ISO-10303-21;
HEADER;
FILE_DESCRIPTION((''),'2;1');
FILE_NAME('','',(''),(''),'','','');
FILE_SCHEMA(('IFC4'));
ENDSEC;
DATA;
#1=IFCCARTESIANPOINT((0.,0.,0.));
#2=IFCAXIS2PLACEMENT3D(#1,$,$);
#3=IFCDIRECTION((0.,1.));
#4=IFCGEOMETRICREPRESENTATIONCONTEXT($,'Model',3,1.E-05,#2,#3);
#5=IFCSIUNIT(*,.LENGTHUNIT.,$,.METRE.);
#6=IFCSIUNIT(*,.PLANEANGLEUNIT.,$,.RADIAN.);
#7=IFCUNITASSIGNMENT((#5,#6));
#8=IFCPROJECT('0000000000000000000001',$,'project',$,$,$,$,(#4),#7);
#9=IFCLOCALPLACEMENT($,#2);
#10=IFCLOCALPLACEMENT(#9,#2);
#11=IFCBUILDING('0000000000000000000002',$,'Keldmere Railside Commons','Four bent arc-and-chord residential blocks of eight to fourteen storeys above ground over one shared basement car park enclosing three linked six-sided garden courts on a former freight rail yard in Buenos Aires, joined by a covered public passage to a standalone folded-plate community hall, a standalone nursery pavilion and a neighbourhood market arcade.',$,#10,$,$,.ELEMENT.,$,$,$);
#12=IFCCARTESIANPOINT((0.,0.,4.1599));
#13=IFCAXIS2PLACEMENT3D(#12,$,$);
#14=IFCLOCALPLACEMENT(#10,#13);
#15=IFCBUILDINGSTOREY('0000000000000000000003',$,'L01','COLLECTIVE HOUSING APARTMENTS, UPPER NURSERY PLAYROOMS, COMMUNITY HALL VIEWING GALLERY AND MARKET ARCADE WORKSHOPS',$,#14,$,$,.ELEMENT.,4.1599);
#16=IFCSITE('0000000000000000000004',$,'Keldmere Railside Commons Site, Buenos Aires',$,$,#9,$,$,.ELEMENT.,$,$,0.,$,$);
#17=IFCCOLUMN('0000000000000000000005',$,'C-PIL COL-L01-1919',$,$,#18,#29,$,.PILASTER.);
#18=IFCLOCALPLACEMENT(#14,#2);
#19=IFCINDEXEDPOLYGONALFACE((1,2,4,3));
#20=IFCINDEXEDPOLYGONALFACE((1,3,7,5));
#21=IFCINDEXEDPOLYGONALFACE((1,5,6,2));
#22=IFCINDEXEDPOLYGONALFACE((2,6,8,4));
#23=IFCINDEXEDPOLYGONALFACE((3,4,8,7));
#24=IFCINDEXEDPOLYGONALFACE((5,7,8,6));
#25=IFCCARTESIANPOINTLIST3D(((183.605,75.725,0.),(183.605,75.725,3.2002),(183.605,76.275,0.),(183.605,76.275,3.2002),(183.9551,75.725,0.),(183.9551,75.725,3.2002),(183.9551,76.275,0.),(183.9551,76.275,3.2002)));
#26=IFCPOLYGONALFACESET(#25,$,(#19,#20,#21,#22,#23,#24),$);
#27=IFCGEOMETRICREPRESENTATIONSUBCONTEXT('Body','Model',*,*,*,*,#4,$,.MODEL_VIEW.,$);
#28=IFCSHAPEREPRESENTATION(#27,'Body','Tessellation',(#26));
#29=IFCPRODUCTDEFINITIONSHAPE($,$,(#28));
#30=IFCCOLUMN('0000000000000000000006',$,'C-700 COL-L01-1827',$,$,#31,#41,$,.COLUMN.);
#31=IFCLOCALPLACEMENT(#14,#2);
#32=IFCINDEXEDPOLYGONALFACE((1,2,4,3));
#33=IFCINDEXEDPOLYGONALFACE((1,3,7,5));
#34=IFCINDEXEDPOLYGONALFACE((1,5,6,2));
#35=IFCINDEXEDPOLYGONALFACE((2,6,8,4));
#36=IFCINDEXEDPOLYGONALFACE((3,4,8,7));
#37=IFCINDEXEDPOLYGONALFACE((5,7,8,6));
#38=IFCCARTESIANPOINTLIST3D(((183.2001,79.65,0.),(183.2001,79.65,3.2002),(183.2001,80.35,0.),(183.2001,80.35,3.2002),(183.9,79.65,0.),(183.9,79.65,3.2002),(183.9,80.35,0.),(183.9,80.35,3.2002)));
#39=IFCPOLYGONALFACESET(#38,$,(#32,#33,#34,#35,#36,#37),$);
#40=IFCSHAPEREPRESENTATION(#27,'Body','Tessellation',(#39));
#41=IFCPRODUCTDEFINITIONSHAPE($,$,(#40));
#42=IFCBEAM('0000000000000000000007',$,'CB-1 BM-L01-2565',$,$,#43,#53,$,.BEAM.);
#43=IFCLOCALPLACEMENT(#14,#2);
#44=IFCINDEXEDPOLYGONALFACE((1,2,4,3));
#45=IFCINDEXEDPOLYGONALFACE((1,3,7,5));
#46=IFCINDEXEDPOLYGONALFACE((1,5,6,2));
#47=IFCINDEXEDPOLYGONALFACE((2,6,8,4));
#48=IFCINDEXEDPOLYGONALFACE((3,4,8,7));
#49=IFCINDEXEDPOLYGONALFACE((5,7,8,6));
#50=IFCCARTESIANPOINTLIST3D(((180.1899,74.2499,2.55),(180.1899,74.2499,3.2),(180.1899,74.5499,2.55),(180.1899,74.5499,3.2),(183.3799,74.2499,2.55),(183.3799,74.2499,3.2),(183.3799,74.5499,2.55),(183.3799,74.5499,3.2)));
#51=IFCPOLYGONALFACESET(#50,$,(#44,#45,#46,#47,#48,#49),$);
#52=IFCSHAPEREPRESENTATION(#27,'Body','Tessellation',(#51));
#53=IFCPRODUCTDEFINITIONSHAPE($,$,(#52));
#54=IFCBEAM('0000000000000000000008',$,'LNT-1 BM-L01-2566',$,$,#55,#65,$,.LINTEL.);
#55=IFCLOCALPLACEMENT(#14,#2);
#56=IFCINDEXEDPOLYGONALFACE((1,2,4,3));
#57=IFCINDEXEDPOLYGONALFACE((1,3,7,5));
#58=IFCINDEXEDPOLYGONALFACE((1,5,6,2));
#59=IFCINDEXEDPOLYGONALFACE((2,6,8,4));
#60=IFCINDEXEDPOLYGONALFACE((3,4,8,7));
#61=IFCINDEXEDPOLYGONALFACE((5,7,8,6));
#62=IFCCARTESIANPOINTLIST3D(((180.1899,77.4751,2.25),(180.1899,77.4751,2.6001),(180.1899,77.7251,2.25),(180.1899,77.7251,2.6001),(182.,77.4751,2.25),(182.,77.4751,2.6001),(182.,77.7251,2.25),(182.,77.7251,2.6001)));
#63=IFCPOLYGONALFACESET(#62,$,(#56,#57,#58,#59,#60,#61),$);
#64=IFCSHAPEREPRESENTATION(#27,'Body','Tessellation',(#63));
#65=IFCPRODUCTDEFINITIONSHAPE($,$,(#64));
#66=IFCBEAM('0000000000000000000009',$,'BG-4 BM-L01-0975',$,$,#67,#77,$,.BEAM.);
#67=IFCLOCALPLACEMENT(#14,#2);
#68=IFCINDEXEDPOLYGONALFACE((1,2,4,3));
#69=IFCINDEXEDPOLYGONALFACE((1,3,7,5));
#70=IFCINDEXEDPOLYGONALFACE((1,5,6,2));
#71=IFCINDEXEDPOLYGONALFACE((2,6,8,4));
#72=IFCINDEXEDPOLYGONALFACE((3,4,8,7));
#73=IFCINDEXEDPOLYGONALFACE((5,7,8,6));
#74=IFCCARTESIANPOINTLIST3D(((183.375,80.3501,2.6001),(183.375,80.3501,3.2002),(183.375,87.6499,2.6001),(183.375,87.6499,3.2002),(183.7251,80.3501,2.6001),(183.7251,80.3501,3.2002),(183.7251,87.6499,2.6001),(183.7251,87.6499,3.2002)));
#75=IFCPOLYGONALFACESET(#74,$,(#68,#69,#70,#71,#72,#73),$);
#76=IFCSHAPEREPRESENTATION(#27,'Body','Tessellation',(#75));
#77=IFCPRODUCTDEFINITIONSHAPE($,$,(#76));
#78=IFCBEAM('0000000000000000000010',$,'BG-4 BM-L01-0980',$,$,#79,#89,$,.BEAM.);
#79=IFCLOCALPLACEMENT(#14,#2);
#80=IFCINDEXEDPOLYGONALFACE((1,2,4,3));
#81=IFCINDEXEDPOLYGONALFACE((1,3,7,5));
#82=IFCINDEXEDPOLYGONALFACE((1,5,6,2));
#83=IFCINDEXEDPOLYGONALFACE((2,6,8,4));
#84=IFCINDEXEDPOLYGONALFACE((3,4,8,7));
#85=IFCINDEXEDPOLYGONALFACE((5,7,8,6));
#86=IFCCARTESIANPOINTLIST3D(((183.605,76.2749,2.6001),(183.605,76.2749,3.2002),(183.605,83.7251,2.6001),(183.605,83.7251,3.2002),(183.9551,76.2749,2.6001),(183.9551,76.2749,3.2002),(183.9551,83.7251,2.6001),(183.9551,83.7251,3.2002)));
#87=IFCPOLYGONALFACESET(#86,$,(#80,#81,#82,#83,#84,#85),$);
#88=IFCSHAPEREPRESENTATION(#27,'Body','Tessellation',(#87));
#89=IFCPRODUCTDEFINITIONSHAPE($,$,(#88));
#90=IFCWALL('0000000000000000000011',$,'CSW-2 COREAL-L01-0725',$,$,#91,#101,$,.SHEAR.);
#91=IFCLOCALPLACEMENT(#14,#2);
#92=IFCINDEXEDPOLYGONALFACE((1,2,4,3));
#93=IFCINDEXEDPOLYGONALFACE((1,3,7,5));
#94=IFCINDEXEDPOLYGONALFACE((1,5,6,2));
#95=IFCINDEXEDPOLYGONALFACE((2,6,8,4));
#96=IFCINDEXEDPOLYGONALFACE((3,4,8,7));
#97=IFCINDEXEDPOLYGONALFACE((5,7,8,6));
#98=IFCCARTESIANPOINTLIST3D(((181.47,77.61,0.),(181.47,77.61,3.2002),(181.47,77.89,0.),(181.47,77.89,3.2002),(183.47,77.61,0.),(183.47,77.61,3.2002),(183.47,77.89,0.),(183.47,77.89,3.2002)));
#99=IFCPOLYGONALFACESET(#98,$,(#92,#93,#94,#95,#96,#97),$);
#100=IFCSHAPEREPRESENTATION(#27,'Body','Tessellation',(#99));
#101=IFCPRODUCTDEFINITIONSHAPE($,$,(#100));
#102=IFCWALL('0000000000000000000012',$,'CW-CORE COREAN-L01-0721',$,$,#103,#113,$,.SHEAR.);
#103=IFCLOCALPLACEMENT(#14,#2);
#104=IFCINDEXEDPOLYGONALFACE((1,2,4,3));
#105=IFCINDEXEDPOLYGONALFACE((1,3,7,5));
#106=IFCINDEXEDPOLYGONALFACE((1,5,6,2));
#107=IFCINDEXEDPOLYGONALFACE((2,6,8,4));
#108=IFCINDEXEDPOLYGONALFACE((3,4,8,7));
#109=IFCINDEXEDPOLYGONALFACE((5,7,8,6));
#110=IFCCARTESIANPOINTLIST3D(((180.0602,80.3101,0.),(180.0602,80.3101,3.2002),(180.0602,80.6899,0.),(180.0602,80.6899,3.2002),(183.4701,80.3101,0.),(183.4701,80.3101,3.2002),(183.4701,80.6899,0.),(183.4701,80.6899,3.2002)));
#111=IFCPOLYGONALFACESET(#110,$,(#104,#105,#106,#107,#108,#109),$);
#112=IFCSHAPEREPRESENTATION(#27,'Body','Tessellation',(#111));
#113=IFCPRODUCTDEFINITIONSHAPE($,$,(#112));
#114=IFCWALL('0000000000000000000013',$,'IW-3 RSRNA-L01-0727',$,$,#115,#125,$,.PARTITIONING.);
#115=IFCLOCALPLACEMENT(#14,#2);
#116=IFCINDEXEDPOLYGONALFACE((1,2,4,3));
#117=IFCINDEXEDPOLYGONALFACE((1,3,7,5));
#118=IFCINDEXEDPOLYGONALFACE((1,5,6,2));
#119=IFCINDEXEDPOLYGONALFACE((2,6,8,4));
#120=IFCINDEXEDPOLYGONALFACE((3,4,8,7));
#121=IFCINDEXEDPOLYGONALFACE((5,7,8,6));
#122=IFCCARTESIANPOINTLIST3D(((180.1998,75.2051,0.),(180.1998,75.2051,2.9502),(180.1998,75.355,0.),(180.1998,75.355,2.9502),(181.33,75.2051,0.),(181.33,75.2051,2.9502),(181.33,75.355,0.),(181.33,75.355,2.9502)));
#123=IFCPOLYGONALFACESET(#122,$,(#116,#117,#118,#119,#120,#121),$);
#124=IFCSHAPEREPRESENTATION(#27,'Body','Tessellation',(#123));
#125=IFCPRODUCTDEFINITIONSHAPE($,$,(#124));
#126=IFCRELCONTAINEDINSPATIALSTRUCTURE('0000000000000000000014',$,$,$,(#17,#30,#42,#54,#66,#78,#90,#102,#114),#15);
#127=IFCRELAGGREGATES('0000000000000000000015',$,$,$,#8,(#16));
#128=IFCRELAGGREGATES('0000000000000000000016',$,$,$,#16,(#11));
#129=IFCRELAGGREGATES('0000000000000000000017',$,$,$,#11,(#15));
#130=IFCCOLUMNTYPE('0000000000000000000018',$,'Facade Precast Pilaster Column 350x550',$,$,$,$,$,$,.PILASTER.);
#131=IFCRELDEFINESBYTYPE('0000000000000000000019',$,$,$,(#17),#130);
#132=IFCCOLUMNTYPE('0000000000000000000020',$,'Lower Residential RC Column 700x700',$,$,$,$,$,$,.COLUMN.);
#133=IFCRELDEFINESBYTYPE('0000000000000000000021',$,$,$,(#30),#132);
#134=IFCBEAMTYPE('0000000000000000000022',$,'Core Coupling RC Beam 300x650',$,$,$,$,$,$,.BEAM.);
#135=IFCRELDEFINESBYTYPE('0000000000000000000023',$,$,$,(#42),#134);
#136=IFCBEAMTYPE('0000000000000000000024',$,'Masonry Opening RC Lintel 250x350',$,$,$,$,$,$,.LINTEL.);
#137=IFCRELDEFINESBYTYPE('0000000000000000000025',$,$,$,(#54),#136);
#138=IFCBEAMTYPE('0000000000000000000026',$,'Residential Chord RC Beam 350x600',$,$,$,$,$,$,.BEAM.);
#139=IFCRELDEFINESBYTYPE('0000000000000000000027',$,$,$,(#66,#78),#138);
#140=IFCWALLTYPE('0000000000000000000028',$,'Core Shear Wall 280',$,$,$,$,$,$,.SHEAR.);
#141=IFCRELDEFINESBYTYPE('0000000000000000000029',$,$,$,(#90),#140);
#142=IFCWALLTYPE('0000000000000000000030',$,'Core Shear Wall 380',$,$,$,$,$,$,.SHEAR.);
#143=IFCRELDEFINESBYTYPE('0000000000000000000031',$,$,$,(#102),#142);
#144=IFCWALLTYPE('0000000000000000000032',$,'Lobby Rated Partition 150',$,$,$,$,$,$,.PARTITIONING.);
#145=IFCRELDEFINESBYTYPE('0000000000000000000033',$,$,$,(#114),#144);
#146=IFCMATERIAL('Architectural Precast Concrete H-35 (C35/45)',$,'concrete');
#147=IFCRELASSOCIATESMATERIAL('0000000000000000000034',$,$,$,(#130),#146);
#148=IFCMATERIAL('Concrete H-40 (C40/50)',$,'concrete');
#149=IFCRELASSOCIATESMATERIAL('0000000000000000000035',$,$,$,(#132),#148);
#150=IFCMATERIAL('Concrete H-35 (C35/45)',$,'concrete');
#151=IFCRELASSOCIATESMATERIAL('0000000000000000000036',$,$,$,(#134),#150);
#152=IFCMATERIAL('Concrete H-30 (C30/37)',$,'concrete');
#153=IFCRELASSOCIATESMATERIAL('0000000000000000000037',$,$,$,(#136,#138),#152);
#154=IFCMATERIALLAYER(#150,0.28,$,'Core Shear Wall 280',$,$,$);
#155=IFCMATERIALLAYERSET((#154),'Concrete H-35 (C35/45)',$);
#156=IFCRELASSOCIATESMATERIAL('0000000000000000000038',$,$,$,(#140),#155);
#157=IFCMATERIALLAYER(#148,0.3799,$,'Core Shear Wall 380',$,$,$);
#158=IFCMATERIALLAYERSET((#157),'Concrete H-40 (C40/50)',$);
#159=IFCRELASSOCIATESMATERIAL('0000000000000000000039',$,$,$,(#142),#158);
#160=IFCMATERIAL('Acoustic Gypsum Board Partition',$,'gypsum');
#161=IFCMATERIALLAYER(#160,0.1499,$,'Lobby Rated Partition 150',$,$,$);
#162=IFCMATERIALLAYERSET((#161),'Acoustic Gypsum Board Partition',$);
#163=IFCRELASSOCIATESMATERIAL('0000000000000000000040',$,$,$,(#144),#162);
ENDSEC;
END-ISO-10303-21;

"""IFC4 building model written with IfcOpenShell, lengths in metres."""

from ifc_helpers import new_model, si_unit, direction, frame, frame_2d, origin, origin_2d, place, context, subcontext, project, spatial, rectangle, extrude, material, layer, layer_set, material_profile, profile_set, type_object, element, save


model = new_model("IFC4")

# Units and contexts
model_context = context("Model", 3, precision=1e-05, world=origin(), true_north=direction((0.0, 1.0)))
body_context = subcontext(model_context, "Body", "Model", "MODEL_VIEW")
ifc_project = project(units=[si_unit("LENGTHUNIT", "METRE"), si_unit("PLANEANGLEUNIT", "RADIAN")], contexts=[model_context])

# Site, building, storey
site_placement = place(None, origin())
site = spatial("IfcSite", under=ifc_project, at=site_placement, Name="Keldmere Railside Commons Site, Buenos Aires", CompositionType="ELEMENT", RefElevation=0.0)
building_placement = place(site_placement, origin())
building = spatial("IfcBuilding", under=site, at=building_placement, Name="Keldmere Railside Commons", Description="Four bent arc-and-chord residential blocks of eight to fourteen storeys above ground over one shared basement car park enclosing three linked six-sided garden courts on a former freight rail yard in Buenos Aires, joined by a covered public passage to a standalone folded-plate community hall, a standalone nursery pavilion and a neighbourhood market arcade.", CompositionType="ELEMENT")
storey_placement = place(building_placement, frame((0.0, 0.0, 4.1599)))
storey = spatial("IfcBuildingStorey", under=building, at=storey_placement, Name="L01", Description="COLLECTIVE HOUSING APARTMENTS, UPPER NURSERY PLAYROOMS, COMMUNITY HALL VIEWING GALLERY AND MARKET ARCADE WORKSHOPS", CompositionType="ELEMENT", Elevation=4.1599)

# Columns
ifc_material_1 = material(Name="Architectural Precast Concrete H-35 (C35/45)", Category="concrete")
ifc_material_profile_1 = material_profile(ifc_material_1, rectangle(XDim=0.3501, YDim=0.55, at=origin_2d()), Name="RC-350x550")
ifc_profile_set_1 = profile_set([ifc_material_profile_1], Name="Architectural Precast Concrete H-35 (C35/45)")
column_type_1 = type_object("IfcColumnType", Name="Facade Precast Pilaster Column 350x550", PredefinedType="PILASTER", material=ifc_profile_set_1)
column_1_placement = place(storey_placement, frame((183.78, 76.0, 0.0), z_axis=(0.0, 0.0, 1.0), x_axis=(1.0, 0.0, 0.0)))
element("IfcColumn", 1, at=column_1_placement, inside=storey, type_object=column_type_1, Name="C-PIL COL-L01-1919", PredefinedType="PILASTER", context=body_context, shape_type="SweptSolid", body=[
    extrude(rectangle(XDim=0.3501, YDim=0.55, at=origin_2d()), origin(), (0.0, 0.0, 1.0), 3.2002),
])
ifc_material_2 = material(Name="Concrete H-40 (C40/50)", Category="concrete")
ifc_material_profile_2 = material_profile(ifc_material_2, rectangle(XDim=0.7, YDim=0.7, at=origin_2d()), Name="RC-700x700")
ifc_profile_set_2 = profile_set([ifc_material_profile_2], Name="Concrete H-40 (C40/50)")
column_type_2 = type_object("IfcColumnType", Name="Lower Residential RC Column 700x700", PredefinedType="COLUMN", material=ifc_profile_set_2)
column_2_placement = place(storey_placement, frame((183.55, 80.0, 0.0), z_axis=(0.0, 0.0, 1.0), x_axis=(1.0, 0.0, 0.0)))
element("IfcColumn", 2, at=column_2_placement, inside=storey, type_object=column_type_2, Name="C-700 COL-L01-1827", PredefinedType="COLUMN", context=body_context, shape_type="SweptSolid", body=[
    extrude(rectangle(XDim=0.7, YDim=0.7, at=origin_2d()), origin(), (0.0, 0.0, 1.0), 3.2002),
])

# Beams
ifc_material_3 = material(Name="Concrete H-35 (C35/45)", Category="concrete")
ifc_material_profile_3 = material_profile(ifc_material_3, rectangle(XDim=0.3, YDim=0.6499, at=origin_2d()), Name="RC-300x650")
ifc_profile_set_3 = profile_set([ifc_material_profile_3], Name="Concrete H-35 (C35/45)")
beam_type_1 = type_object("IfcBeamType", Name="Core Coupling RC Beam 300x650", PredefinedType="BEAM", material=ifc_profile_set_3)
beam_1_placement = place(storey_placement, frame((180.1899, 74.3999, 2.875), z_axis=(1.0, 0.0, 0.0), x_axis=(0.0, 1.0, 0.0)))
element("IfcBeam", 3, at=beam_1_placement, inside=storey, type_object=beam_type_1, Name="CB-1 BM-L01-2565", PredefinedType="BEAM", context=body_context, shape_type="SweptSolid", body=[
    extrude(rectangle(XDim=0.3, YDim=0.6499, at=origin_2d()), origin(), (0.0, 0.0, 1.0), 3.1899),
])
ifc_material_4 = material(Name="Concrete H-30 (C30/37)", Category="concrete")
ifc_material_profile_4 = material_profile(ifc_material_4, rectangle(XDim=0.25, YDim=0.3501, at=origin_2d()), Name="RC-250x350")
ifc_profile_set_4 = profile_set([ifc_material_profile_4], Name="Concrete H-30 (C30/37)")
beam_type_2 = type_object("IfcBeamType", Name="Masonry Opening RC Lintel 250x350", PredefinedType="LINTEL", material=ifc_profile_set_4)
beam_2_placement = place(storey_placement, frame((180.1899, 77.6001, 2.425), z_axis=(1.0, 0.0, 0.0), x_axis=(0.0, 1.0, 0.0)))
element("IfcBeam", 4, at=beam_2_placement, inside=storey, type_object=beam_type_2, Name="LNT-1 BM-L01-2566", PredefinedType="LINTEL", context=body_context, shape_type="SweptSolid", body=[
    extrude(rectangle(XDim=0.25, YDim=0.3501, at=origin_2d()), origin(), (0.0, 0.0, 1.0), 1.8101),
])
ifc_material_profile_5 = material_profile(ifc_material_4, rectangle(XDim=0.3501, YDim=0.6001, at=origin_2d()), Name="RC-350x600")
ifc_profile_set_5 = profile_set([ifc_material_profile_5], Name="Concrete H-30 (C30/37)")
beam_type_3 = type_object("IfcBeamType", Name="Residential Chord RC Beam 350x600", PredefinedType="BEAM", material=ifc_profile_set_5)
beam_3_placement = place(storey_placement, frame((183.55, 80.3501, 2.9001), z_axis=(0.0, 1.0, 0.0), x_axis=(-1.0, 0.0, 0.0)))
element("IfcBeam", 5, at=beam_3_placement, inside=storey, type_object=beam_type_3, Name="BG-4 BM-L01-0975", PredefinedType="BEAM", context=body_context, shape_type="SweptSolid", body=[
    extrude(rectangle(XDim=0.3501, YDim=0.6001, at=origin_2d()), origin(), (0.0, 0.0, 1.0), 7.2998),
])
beam_4_placement = place(storey_placement, frame((183.78, 76.2749, 2.9001), z_axis=(0.0, 1.0, 0.0), x_axis=(-1.0, 0.0, 0.0)))
element("IfcBeam", 6, at=beam_4_placement, inside=storey, type_object=beam_type_3, Name="BG-4 BM-L01-0980", PredefinedType="BEAM", context=body_context, shape_type="SweptSolid", body=[
    extrude(rectangle(XDim=0.3501, YDim=0.6001, at=origin_2d()), origin(), (0.0, 0.0, 1.0), 7.4502),
])

# Wall
ifc_layer_1 = layer(ifc_material_3, 0.28, Name="Core Shear Wall 280")
ifc_layer_set_1 = layer_set([ifc_layer_1], Name="Concrete H-35 (C35/45)")
wall_type_1 = type_object("IfcWallType", Name="Core Shear Wall 280", PredefinedType="SHEAR", material=ifc_layer_set_1)
wall_1_placement = place(storey_placement, frame((181.47, 77.75, 0.0), z_axis=(0.0, 0.0, 1.0), x_axis=(1.0, 0.0, 0.0)))
element("IfcWall", 7, at=wall_1_placement, inside=storey, type_object=wall_type_1, Name="CSW-2 COREAL-L01-0725", PredefinedType="SHEAR", context=body_context, shape_type="SweptSolid", body=[
    extrude(rectangle(XDim=2.0, YDim=0.28, at=frame_2d((1.0, 0.0))), origin(), (0.0, 0.0, 1.0), 3.2002),
])

# Walls
ifc_layer_2 = layer(ifc_material_2, 0.3799, Name="Core Shear Wall 380")
ifc_layer_set_2 = layer_set([ifc_layer_2], Name="Concrete H-40 (C40/50)")
wall_type_2 = type_object("IfcWallType", Name="Core Shear Wall 380", PredefinedType="SHEAR", material=ifc_layer_set_2)
wall_2_placement = place(storey_placement, frame((180.0601, 80.5, 0.0), z_axis=(0.0, 0.0, 1.0), x_axis=(1.0, 0.0, 0.0)))
element("IfcWall", 8, at=wall_2_placement, inside=storey, type_object=wall_type_2, Name="CW-CORE COREAN-L01-0721", PredefinedType="SHEAR", context=body_context, shape_type="SweptSolid", body=[
    extrude(rectangle(XDim=3.4099, YDim=0.3799, at=frame_2d((1.7051, 0.0))), origin(), (0.0, 0.0, 1.0), 3.2002),
])
ifc_material_5 = material(Name="Acoustic Gypsum Board Partition", Category="gypsum")
ifc_layer_3 = layer(ifc_material_5, 0.1499, Name="Lobby Rated Partition 150")
ifc_layer_set_3 = layer_set([ifc_layer_3], Name="Acoustic Gypsum Board Partition")
wall_type_3 = type_object("IfcWallType", Name="Lobby Rated Partition 150", PredefinedType="PARTITIONING", material=ifc_layer_set_3)
wall_3_placement = place(storey_placement, frame((180.2, 75.28, 0.0), z_axis=(0.0, 0.0, 1.0), x_axis=(1.0, 0.0, 0.0)))
element("IfcWall", 9, at=wall_3_placement, inside=storey, type_object=wall_type_3, Name="IW-3 RSRNA-L01-0727", PredefinedType="PARTITIONING", context=body_context, shape_type="SweptSolid", body=[
    extrude(rectangle(XDim=1.1301, YDim=0.1499, at=frame_2d((0.5649, 0.0))), origin(), (0.0, 0.0, 1.0), 2.9502),
])

save(model, "model.ifc")
